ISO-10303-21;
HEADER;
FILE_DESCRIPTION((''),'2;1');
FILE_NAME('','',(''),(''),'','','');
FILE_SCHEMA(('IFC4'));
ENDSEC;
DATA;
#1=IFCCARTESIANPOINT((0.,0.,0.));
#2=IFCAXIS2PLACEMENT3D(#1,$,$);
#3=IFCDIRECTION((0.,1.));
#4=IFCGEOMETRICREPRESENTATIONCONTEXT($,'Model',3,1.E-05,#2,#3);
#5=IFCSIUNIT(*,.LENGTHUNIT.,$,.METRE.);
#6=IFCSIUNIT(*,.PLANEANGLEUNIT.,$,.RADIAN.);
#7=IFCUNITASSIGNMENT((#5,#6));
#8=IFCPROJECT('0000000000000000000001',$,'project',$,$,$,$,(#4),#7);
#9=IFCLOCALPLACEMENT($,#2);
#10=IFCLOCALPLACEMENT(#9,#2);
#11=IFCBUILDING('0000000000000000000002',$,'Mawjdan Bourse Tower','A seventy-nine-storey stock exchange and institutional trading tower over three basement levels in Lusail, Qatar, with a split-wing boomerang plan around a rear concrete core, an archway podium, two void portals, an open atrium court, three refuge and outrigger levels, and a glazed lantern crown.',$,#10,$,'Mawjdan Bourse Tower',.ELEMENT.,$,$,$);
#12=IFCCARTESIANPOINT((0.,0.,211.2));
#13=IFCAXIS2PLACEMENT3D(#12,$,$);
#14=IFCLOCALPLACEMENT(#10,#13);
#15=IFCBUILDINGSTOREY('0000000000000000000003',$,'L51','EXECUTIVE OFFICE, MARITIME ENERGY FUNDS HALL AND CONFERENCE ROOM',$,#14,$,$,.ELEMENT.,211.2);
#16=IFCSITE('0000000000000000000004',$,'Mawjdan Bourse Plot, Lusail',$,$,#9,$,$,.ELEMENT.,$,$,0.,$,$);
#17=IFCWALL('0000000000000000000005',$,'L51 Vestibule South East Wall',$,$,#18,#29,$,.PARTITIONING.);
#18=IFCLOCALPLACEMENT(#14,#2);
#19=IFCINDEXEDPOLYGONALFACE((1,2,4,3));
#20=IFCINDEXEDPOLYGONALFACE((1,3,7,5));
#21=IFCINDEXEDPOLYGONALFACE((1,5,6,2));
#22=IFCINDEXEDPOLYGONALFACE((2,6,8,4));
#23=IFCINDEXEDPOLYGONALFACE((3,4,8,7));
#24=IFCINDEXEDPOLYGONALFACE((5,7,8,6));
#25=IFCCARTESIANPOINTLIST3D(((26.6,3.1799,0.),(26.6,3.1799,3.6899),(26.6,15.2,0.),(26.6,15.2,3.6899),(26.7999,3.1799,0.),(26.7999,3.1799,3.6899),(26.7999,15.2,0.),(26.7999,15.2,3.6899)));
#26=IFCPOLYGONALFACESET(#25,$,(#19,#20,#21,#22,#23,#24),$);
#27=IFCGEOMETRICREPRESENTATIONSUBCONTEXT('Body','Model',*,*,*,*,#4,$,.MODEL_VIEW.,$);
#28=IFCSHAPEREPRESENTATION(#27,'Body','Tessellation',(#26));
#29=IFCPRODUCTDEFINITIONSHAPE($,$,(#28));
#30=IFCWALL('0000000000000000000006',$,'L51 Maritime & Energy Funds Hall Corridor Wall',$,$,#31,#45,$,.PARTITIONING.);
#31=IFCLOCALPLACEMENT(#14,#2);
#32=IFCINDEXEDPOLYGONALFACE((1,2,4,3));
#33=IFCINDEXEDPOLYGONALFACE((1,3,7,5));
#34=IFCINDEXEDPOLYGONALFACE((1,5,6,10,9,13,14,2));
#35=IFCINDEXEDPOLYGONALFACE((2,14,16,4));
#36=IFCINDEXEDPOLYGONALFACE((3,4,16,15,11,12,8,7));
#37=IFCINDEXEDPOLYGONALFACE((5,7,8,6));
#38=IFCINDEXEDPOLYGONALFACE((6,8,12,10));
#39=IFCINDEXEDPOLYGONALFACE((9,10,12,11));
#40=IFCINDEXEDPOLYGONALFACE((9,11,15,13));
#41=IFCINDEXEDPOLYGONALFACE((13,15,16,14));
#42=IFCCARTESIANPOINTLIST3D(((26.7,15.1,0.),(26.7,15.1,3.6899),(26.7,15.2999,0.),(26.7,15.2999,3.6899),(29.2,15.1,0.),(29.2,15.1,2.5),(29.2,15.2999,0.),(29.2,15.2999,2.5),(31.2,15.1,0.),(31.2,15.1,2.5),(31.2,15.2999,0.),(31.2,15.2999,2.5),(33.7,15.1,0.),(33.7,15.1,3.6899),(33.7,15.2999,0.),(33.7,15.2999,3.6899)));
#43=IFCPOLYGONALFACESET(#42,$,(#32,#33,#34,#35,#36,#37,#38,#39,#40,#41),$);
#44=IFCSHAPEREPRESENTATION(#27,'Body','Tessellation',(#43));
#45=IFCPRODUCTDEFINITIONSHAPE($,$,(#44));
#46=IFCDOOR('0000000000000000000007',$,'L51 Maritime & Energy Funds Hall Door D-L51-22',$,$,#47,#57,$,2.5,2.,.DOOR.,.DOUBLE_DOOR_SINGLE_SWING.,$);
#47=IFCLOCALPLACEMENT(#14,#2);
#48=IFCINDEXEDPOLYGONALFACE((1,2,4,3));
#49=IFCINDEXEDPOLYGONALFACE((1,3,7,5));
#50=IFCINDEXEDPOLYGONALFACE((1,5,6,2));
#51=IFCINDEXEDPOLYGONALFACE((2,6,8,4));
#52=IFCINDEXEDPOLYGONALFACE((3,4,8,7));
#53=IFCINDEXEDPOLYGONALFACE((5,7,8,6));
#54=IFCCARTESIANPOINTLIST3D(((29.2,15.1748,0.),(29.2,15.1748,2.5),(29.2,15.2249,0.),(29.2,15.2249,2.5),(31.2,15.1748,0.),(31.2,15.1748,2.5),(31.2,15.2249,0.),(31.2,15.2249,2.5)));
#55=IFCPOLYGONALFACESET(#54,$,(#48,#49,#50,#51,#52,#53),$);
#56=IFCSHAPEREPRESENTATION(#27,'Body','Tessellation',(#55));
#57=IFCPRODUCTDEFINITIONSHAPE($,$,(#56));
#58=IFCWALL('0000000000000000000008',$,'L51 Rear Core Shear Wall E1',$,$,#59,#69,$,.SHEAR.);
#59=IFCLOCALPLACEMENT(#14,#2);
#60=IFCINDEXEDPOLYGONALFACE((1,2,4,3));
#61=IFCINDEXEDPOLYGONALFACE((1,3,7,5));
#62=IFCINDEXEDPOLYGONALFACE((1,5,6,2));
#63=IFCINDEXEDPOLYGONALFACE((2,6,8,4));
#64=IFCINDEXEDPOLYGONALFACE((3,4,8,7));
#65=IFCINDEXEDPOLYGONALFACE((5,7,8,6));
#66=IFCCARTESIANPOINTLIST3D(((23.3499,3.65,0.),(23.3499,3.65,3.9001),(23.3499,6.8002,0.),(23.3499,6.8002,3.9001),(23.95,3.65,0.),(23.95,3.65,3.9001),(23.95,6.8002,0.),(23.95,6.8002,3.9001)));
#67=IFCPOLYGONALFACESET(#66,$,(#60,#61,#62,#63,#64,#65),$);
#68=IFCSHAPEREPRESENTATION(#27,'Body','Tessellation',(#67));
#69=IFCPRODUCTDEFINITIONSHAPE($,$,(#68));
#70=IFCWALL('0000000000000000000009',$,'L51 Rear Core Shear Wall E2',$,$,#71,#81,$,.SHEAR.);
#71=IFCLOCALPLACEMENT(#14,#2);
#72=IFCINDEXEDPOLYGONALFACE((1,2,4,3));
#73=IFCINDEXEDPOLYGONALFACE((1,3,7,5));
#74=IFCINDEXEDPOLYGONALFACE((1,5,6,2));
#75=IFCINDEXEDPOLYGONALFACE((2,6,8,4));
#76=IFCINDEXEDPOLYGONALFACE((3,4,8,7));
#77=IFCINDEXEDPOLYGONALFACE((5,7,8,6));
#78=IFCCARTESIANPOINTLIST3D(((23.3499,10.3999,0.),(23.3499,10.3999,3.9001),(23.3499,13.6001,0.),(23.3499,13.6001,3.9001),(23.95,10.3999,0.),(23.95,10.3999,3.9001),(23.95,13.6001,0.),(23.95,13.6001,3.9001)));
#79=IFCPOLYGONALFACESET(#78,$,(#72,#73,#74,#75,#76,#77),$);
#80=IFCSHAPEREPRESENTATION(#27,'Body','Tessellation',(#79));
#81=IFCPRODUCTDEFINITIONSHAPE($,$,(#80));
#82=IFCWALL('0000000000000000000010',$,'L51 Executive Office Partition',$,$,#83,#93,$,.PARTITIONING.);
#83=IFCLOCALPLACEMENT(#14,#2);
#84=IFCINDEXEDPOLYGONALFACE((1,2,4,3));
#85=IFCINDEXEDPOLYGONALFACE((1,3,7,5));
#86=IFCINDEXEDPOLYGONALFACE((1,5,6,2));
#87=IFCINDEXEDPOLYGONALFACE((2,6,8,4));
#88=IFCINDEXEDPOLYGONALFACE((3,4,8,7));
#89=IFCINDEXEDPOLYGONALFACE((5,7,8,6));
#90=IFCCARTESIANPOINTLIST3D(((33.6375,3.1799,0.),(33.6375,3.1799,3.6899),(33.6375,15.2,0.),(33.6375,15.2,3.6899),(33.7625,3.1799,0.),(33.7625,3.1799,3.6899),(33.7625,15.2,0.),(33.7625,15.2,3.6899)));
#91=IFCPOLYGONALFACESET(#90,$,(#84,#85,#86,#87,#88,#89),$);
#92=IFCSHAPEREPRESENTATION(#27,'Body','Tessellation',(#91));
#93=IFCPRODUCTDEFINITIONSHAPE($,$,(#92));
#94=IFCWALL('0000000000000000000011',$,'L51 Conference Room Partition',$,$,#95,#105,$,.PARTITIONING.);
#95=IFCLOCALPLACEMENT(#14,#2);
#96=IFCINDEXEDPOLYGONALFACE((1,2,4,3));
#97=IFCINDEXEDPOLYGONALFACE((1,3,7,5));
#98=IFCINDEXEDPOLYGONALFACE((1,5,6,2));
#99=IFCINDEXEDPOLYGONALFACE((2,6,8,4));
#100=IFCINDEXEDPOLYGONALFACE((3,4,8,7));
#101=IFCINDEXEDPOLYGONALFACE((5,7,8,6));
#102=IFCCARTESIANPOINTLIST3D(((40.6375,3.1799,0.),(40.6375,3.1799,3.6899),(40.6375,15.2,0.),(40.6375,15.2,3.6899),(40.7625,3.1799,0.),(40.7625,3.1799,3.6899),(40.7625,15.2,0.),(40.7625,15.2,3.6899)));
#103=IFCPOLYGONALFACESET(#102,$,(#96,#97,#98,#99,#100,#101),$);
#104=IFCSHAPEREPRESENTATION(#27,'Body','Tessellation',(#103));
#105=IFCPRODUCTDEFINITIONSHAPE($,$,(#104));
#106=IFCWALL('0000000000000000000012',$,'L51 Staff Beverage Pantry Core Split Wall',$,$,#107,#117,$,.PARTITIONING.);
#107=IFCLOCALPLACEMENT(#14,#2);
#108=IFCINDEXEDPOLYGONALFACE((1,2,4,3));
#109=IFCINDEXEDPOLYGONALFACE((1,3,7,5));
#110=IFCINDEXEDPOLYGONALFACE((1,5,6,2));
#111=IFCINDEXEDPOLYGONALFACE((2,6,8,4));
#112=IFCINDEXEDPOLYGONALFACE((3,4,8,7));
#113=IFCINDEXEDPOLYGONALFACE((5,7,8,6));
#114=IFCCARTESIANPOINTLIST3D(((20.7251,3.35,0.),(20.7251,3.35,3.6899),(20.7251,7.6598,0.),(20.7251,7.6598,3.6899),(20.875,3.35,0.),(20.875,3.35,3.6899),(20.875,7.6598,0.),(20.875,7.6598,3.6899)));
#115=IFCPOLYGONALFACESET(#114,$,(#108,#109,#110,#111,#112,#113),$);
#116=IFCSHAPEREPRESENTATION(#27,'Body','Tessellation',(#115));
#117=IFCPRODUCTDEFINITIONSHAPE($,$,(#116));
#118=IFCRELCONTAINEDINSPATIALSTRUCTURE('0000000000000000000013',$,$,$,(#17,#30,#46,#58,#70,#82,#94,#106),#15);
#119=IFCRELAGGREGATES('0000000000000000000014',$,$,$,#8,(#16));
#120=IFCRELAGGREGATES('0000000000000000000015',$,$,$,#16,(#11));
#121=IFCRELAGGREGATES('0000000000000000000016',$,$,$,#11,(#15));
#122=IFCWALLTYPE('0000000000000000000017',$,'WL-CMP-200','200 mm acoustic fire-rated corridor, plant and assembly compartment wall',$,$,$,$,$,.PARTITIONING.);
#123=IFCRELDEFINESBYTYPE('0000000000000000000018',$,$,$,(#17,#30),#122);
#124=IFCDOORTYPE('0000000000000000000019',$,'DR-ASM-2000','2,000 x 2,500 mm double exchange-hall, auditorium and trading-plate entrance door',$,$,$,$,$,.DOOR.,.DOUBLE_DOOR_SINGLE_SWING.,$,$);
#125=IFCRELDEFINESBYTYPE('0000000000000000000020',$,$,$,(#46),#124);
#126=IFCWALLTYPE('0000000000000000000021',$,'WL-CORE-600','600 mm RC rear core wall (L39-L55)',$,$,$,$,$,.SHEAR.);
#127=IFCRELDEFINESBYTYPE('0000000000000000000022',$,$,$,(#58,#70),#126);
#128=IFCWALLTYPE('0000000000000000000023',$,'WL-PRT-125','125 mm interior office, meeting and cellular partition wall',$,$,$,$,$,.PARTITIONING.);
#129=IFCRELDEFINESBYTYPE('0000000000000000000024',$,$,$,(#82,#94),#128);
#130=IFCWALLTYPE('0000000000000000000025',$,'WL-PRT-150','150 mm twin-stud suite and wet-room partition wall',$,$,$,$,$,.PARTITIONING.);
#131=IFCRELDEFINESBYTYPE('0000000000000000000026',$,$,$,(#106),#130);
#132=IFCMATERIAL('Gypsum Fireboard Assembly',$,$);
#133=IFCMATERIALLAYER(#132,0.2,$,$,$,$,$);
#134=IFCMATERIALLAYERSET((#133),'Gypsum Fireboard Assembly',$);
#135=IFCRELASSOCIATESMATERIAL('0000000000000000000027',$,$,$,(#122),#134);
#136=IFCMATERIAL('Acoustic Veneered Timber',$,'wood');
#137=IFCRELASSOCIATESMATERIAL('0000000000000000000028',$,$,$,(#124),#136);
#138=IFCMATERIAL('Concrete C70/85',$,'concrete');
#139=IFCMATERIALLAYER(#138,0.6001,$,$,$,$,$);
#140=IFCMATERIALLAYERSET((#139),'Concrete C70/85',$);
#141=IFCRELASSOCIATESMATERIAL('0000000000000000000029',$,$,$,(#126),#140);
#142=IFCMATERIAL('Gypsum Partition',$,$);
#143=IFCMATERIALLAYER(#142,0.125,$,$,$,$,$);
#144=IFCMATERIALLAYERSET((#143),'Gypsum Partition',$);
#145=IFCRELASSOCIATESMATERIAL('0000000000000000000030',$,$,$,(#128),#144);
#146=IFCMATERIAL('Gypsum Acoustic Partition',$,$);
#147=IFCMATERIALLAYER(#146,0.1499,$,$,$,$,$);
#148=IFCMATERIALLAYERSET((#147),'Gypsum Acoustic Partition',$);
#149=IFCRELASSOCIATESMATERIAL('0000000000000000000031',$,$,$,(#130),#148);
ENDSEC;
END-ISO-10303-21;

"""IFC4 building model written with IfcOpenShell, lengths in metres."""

from ifc_helpers import new_model, si_unit, direction, frame, frame_2d, origin, place, context, subcontext, project, spatial, rectangle, extrude, material, layer, layer_set, type_object, element, fill, save


model = new_model("IFC4")

# Units and contexts
model_context = context("Model", 3, precision=1e-05, world=origin(), true_north=direction((0.0, 1.0)))
body_context = subcontext(model_context, "Body", "Model", "MODEL_VIEW")
ifc_project = project(units=[si_unit("LENGTHUNIT", "METRE"), si_unit("PLANEANGLEUNIT", "RADIAN")], contexts=[model_context])

# Site, building, storey
site_placement = place(None, origin())
site = spatial("IfcSite", under=ifc_project, at=site_placement, Name="Mawjdan Bourse Plot, Lusail", CompositionType="ELEMENT", RefElevation=0.0)
building_placement = place(site_placement, origin())
building = spatial("IfcBuilding", under=site, at=building_placement, Name="Mawjdan Bourse Tower", Description="A seventy-nine-storey stock exchange and institutional trading tower over three basement levels in Lusail, Qatar, with a split-wing boomerang plan around a rear concrete core, an archway podium, two void portals, an open atrium court, three refuge and outrigger levels, and a glazed lantern crown.", LongName="Mawjdan Bourse Tower", CompositionType="ELEMENT")
storey_placement = place(building_placement, frame((0.0, 0.0, 211.2)))
storey = spatial("IfcBuildingStorey", under=building, at=storey_placement, Name="L51", Description="EXECUTIVE OFFICE, MARITIME ENERGY FUNDS HALL AND CONFERENCE ROOM", CompositionType="ELEMENT", Elevation=211.2)

# Shared definitions
ifc_material_1 = material(Name="Concrete C70/85", Category="concrete")

# Shared definitions
ifc_material_2 = material(Name="Gypsum Fireboard Assembly")
ifc_layer_1 = layer(ifc_material_2, 0.2)
ifc_layer_set_1 = layer_set([ifc_layer_1], Name="Gypsum Fireboard Assembly")
wall_type_1 = type_object("IfcWallType", Name="WL-CMP-200", Description="200 mm acoustic fire-rated corridor, plant and assembly compartment wall", PredefinedType="PARTITIONING", material=ifc_layer_set_1)

# Wall
wall_1_placement = place(storey_placement, frame((26.7, 3.1799, 0.0), z_axis=(0.0, 0.0, 1.0), x_axis=(0.0, 1.0, 0.0)))
element("IfcWall", 1, at=wall_1_placement, inside=storey, type_object=wall_type_1, Name="L51 Vestibule South East Wall", PredefinedType="PARTITIONING", context=body_context, shape_type="SweptSolid", body=[
    extrude(rectangle(XDim=12.02, YDim=0.2, at=frame_2d((6.01, 0.0))), origin(), (0.0, 0.0, 1.0), 3.6899),
])

# Wall, opening, door
wall_2_placement = place(storey_placement, frame((26.7, 15.2, 0.0), z_axis=(0.0, 0.0, 1.0), x_axis=(1.0, 0.0, 0.0)))
wall_2 = element("IfcWall", 2, at=wall_2_placement, inside=storey, type_object=wall_type_1, Name="L51 Maritime & Energy Funds Hall Corridor Wall", PredefinedType="PARTITIONING", context=body_context, shape_type="SweptSolid", body=[
    extrude(rectangle(XDim=7.0, YDim=0.2, at=frame_2d((3.5, 0.0))), origin(), (0.0, 0.0, 1.0), 3.6899),
])
opening_1_placement = place(wall_2_placement, frame((2.5, 0.0, 0.0)))
opening_1 = element("IfcOpeningElement", 3, at=opening_1_placement, cuts=wall_2, PredefinedType="OPENING", context=body_context, shape_type="SweptSolid", body=[
    extrude(rectangle(XDim=2.0, YDim=2.5, at=frame_2d((1.0, 1.25))), frame((0.0, 0.1099, 0.0), z_axis=(0.0, -1.0, 0.0), x_axis=(1.0, 0.0, 0.0)), (0.0, 0.0, 1.0), 0.22),
])
ifc_material_3 = material(Name="Acoustic Veneered Timber", Category="wood")
door_type_1 = type_object("IfcDoorType", Name="DR-ASM-2000", Description="2,000 x 2,500 mm double exchange-hall, auditorium and trading-plate entrance door", OperationType="DOUBLE_DOOR_SINGLE_SWING", PredefinedType="DOOR", material=ifc_material_3)
door_1_placement = place(opening_1_placement, origin())
door_1 = element("IfcDoor", 4, at=door_1_placement, inside=storey, type_object=door_type_1, Name="L51 Maritime & Energy Funds Hall Door D-L51-22", OperationType="DOUBLE_DOOR_SINGLE_SWING", OverallHeight=2.5, OverallWidth=2.0, PredefinedType="DOOR", context=body_context, shape_type="SweptSolid", body=[
    extrude(rectangle(XDim=2.0, YDim=2.5, at=frame_2d((1.0, 1.25))), frame((0.0, 0.0249, 0.0), z_axis=(0.0, -1.0, 0.0), x_axis=(1.0, 0.0, 0.0)), (0.0, 0.0, 1.0), 0.05),
])
fill(opening_1, door_1)

# Walls
ifc_layer_2 = layer(ifc_material_1, 0.6001)
ifc_layer_set_2 = layer_set([ifc_layer_2], Name="Concrete C70/85")
wall_type_2 = type_object("IfcWallType", Name="WL-CORE-600", Description="600 mm RC rear core wall (L39-L55)", PredefinedType="SHEAR", material=ifc_layer_set_2)
wall_3_placement = place(storey_placement, frame((23.6499, 3.6499, 0.0), z_axis=(0.0, 0.0, 1.0), x_axis=(0.0, 1.0, 0.0)))
element("IfcWall", 5, at=wall_3_placement, inside=storey, type_object=wall_type_2, Name="L51 Rear Core Shear Wall E1", PredefinedType="SHEAR", context=body_context, shape_type="SweptSolid", body=[
    extrude(rectangle(XDim=3.1501, YDim=0.6001, at=frame_2d((1.5752, 0.0))), origin(), (0.0, 0.0, 1.0), 3.9001),
])
wall_4_placement = place(storey_placement, frame((23.6499, 10.3999, 0.0), z_axis=(0.0, 0.0, 1.0), x_axis=(0.0, 1.0, 0.0)))
element("IfcWall", 6, at=wall_4_placement, inside=storey, type_object=wall_type_2, Name="L51 Rear Core Shear Wall E2", PredefinedType="SHEAR", context=body_context, shape_type="SweptSolid", body=[
    extrude(rectangle(XDim=3.2002, YDim=0.6001, at=frame_2d((1.6001, 0.0))), origin(), (0.0, 0.0, 1.0), 3.9001),
])
ifc_material_4 = material(Name="Gypsum Partition")
ifc_layer_3 = layer(ifc_material_4, 0.125)
ifc_layer_set_3 = layer_set([ifc_layer_3], Name="Gypsum Partition")
wall_type_3 = type_object("IfcWallType", Name="WL-PRT-125", Description="125 mm interior office, meeting and cellular partition wall", PredefinedType="PARTITIONING", material=ifc_layer_set_3)
for number, where, z_axis, x_axis, name in (
    (7, (33.7, 3.1799, 0.0), (0.0, 0.0, 1.0), (0.0, 1.0, 0.0), "L51 Executive Office Partition"),
    (8, (40.7, 3.1799, 0.0), (0.0, 0.0, 1.0), (0.0, 1.0, 0.0), "L51 Conference Room Partition"),
):
    element("IfcWall", number, at=place(storey_placement, frame(where, z_axis=z_axis, x_axis=x_axis)), inside=storey, type_object=wall_type_3, Name=name, PredefinedType="PARTITIONING", context=body_context, shape_type="SweptSolid", body=[
        extrude(rectangle(XDim=12.02, YDim=0.125, at=frame_2d((6.01, 0.0))), origin(), (0.0, 0.0, 1.0), 3.6899),
    ])
ifc_material_5 = material(Name="Gypsum Acoustic Partition")
ifc_layer_4 = layer(ifc_material_5, 0.1499)
ifc_layer_set_4 = layer_set([ifc_layer_4], Name="Gypsum Acoustic Partition")
wall_type_4 = type_object("IfcWallType", Name="WL-PRT-150", Description="150 mm twin-stud suite and wet-room partition wall", PredefinedType="PARTITIONING", material=ifc_layer_set_4)
wall_5_placement = place(storey_placement, frame((20.8, 3.3501, 0.0), z_axis=(0.0, 0.0, 1.0), x_axis=(0.0, 1.0, 0.0)))
element("IfcWall", 9, at=wall_5_placement, inside=storey, type_object=wall_type_4, Name="L51 Staff Beverage Pantry Core Split Wall", PredefinedType="PARTITIONING", context=body_context, shape_type="SweptSolid", body=[
    extrude(rectangle(XDim=4.3098, YDim=0.1499, at=frame_2d((2.1548, 0.0))), origin(), (0.0, 0.0, 1.0), 3.6899),
])

save(model, "model.ifc")
